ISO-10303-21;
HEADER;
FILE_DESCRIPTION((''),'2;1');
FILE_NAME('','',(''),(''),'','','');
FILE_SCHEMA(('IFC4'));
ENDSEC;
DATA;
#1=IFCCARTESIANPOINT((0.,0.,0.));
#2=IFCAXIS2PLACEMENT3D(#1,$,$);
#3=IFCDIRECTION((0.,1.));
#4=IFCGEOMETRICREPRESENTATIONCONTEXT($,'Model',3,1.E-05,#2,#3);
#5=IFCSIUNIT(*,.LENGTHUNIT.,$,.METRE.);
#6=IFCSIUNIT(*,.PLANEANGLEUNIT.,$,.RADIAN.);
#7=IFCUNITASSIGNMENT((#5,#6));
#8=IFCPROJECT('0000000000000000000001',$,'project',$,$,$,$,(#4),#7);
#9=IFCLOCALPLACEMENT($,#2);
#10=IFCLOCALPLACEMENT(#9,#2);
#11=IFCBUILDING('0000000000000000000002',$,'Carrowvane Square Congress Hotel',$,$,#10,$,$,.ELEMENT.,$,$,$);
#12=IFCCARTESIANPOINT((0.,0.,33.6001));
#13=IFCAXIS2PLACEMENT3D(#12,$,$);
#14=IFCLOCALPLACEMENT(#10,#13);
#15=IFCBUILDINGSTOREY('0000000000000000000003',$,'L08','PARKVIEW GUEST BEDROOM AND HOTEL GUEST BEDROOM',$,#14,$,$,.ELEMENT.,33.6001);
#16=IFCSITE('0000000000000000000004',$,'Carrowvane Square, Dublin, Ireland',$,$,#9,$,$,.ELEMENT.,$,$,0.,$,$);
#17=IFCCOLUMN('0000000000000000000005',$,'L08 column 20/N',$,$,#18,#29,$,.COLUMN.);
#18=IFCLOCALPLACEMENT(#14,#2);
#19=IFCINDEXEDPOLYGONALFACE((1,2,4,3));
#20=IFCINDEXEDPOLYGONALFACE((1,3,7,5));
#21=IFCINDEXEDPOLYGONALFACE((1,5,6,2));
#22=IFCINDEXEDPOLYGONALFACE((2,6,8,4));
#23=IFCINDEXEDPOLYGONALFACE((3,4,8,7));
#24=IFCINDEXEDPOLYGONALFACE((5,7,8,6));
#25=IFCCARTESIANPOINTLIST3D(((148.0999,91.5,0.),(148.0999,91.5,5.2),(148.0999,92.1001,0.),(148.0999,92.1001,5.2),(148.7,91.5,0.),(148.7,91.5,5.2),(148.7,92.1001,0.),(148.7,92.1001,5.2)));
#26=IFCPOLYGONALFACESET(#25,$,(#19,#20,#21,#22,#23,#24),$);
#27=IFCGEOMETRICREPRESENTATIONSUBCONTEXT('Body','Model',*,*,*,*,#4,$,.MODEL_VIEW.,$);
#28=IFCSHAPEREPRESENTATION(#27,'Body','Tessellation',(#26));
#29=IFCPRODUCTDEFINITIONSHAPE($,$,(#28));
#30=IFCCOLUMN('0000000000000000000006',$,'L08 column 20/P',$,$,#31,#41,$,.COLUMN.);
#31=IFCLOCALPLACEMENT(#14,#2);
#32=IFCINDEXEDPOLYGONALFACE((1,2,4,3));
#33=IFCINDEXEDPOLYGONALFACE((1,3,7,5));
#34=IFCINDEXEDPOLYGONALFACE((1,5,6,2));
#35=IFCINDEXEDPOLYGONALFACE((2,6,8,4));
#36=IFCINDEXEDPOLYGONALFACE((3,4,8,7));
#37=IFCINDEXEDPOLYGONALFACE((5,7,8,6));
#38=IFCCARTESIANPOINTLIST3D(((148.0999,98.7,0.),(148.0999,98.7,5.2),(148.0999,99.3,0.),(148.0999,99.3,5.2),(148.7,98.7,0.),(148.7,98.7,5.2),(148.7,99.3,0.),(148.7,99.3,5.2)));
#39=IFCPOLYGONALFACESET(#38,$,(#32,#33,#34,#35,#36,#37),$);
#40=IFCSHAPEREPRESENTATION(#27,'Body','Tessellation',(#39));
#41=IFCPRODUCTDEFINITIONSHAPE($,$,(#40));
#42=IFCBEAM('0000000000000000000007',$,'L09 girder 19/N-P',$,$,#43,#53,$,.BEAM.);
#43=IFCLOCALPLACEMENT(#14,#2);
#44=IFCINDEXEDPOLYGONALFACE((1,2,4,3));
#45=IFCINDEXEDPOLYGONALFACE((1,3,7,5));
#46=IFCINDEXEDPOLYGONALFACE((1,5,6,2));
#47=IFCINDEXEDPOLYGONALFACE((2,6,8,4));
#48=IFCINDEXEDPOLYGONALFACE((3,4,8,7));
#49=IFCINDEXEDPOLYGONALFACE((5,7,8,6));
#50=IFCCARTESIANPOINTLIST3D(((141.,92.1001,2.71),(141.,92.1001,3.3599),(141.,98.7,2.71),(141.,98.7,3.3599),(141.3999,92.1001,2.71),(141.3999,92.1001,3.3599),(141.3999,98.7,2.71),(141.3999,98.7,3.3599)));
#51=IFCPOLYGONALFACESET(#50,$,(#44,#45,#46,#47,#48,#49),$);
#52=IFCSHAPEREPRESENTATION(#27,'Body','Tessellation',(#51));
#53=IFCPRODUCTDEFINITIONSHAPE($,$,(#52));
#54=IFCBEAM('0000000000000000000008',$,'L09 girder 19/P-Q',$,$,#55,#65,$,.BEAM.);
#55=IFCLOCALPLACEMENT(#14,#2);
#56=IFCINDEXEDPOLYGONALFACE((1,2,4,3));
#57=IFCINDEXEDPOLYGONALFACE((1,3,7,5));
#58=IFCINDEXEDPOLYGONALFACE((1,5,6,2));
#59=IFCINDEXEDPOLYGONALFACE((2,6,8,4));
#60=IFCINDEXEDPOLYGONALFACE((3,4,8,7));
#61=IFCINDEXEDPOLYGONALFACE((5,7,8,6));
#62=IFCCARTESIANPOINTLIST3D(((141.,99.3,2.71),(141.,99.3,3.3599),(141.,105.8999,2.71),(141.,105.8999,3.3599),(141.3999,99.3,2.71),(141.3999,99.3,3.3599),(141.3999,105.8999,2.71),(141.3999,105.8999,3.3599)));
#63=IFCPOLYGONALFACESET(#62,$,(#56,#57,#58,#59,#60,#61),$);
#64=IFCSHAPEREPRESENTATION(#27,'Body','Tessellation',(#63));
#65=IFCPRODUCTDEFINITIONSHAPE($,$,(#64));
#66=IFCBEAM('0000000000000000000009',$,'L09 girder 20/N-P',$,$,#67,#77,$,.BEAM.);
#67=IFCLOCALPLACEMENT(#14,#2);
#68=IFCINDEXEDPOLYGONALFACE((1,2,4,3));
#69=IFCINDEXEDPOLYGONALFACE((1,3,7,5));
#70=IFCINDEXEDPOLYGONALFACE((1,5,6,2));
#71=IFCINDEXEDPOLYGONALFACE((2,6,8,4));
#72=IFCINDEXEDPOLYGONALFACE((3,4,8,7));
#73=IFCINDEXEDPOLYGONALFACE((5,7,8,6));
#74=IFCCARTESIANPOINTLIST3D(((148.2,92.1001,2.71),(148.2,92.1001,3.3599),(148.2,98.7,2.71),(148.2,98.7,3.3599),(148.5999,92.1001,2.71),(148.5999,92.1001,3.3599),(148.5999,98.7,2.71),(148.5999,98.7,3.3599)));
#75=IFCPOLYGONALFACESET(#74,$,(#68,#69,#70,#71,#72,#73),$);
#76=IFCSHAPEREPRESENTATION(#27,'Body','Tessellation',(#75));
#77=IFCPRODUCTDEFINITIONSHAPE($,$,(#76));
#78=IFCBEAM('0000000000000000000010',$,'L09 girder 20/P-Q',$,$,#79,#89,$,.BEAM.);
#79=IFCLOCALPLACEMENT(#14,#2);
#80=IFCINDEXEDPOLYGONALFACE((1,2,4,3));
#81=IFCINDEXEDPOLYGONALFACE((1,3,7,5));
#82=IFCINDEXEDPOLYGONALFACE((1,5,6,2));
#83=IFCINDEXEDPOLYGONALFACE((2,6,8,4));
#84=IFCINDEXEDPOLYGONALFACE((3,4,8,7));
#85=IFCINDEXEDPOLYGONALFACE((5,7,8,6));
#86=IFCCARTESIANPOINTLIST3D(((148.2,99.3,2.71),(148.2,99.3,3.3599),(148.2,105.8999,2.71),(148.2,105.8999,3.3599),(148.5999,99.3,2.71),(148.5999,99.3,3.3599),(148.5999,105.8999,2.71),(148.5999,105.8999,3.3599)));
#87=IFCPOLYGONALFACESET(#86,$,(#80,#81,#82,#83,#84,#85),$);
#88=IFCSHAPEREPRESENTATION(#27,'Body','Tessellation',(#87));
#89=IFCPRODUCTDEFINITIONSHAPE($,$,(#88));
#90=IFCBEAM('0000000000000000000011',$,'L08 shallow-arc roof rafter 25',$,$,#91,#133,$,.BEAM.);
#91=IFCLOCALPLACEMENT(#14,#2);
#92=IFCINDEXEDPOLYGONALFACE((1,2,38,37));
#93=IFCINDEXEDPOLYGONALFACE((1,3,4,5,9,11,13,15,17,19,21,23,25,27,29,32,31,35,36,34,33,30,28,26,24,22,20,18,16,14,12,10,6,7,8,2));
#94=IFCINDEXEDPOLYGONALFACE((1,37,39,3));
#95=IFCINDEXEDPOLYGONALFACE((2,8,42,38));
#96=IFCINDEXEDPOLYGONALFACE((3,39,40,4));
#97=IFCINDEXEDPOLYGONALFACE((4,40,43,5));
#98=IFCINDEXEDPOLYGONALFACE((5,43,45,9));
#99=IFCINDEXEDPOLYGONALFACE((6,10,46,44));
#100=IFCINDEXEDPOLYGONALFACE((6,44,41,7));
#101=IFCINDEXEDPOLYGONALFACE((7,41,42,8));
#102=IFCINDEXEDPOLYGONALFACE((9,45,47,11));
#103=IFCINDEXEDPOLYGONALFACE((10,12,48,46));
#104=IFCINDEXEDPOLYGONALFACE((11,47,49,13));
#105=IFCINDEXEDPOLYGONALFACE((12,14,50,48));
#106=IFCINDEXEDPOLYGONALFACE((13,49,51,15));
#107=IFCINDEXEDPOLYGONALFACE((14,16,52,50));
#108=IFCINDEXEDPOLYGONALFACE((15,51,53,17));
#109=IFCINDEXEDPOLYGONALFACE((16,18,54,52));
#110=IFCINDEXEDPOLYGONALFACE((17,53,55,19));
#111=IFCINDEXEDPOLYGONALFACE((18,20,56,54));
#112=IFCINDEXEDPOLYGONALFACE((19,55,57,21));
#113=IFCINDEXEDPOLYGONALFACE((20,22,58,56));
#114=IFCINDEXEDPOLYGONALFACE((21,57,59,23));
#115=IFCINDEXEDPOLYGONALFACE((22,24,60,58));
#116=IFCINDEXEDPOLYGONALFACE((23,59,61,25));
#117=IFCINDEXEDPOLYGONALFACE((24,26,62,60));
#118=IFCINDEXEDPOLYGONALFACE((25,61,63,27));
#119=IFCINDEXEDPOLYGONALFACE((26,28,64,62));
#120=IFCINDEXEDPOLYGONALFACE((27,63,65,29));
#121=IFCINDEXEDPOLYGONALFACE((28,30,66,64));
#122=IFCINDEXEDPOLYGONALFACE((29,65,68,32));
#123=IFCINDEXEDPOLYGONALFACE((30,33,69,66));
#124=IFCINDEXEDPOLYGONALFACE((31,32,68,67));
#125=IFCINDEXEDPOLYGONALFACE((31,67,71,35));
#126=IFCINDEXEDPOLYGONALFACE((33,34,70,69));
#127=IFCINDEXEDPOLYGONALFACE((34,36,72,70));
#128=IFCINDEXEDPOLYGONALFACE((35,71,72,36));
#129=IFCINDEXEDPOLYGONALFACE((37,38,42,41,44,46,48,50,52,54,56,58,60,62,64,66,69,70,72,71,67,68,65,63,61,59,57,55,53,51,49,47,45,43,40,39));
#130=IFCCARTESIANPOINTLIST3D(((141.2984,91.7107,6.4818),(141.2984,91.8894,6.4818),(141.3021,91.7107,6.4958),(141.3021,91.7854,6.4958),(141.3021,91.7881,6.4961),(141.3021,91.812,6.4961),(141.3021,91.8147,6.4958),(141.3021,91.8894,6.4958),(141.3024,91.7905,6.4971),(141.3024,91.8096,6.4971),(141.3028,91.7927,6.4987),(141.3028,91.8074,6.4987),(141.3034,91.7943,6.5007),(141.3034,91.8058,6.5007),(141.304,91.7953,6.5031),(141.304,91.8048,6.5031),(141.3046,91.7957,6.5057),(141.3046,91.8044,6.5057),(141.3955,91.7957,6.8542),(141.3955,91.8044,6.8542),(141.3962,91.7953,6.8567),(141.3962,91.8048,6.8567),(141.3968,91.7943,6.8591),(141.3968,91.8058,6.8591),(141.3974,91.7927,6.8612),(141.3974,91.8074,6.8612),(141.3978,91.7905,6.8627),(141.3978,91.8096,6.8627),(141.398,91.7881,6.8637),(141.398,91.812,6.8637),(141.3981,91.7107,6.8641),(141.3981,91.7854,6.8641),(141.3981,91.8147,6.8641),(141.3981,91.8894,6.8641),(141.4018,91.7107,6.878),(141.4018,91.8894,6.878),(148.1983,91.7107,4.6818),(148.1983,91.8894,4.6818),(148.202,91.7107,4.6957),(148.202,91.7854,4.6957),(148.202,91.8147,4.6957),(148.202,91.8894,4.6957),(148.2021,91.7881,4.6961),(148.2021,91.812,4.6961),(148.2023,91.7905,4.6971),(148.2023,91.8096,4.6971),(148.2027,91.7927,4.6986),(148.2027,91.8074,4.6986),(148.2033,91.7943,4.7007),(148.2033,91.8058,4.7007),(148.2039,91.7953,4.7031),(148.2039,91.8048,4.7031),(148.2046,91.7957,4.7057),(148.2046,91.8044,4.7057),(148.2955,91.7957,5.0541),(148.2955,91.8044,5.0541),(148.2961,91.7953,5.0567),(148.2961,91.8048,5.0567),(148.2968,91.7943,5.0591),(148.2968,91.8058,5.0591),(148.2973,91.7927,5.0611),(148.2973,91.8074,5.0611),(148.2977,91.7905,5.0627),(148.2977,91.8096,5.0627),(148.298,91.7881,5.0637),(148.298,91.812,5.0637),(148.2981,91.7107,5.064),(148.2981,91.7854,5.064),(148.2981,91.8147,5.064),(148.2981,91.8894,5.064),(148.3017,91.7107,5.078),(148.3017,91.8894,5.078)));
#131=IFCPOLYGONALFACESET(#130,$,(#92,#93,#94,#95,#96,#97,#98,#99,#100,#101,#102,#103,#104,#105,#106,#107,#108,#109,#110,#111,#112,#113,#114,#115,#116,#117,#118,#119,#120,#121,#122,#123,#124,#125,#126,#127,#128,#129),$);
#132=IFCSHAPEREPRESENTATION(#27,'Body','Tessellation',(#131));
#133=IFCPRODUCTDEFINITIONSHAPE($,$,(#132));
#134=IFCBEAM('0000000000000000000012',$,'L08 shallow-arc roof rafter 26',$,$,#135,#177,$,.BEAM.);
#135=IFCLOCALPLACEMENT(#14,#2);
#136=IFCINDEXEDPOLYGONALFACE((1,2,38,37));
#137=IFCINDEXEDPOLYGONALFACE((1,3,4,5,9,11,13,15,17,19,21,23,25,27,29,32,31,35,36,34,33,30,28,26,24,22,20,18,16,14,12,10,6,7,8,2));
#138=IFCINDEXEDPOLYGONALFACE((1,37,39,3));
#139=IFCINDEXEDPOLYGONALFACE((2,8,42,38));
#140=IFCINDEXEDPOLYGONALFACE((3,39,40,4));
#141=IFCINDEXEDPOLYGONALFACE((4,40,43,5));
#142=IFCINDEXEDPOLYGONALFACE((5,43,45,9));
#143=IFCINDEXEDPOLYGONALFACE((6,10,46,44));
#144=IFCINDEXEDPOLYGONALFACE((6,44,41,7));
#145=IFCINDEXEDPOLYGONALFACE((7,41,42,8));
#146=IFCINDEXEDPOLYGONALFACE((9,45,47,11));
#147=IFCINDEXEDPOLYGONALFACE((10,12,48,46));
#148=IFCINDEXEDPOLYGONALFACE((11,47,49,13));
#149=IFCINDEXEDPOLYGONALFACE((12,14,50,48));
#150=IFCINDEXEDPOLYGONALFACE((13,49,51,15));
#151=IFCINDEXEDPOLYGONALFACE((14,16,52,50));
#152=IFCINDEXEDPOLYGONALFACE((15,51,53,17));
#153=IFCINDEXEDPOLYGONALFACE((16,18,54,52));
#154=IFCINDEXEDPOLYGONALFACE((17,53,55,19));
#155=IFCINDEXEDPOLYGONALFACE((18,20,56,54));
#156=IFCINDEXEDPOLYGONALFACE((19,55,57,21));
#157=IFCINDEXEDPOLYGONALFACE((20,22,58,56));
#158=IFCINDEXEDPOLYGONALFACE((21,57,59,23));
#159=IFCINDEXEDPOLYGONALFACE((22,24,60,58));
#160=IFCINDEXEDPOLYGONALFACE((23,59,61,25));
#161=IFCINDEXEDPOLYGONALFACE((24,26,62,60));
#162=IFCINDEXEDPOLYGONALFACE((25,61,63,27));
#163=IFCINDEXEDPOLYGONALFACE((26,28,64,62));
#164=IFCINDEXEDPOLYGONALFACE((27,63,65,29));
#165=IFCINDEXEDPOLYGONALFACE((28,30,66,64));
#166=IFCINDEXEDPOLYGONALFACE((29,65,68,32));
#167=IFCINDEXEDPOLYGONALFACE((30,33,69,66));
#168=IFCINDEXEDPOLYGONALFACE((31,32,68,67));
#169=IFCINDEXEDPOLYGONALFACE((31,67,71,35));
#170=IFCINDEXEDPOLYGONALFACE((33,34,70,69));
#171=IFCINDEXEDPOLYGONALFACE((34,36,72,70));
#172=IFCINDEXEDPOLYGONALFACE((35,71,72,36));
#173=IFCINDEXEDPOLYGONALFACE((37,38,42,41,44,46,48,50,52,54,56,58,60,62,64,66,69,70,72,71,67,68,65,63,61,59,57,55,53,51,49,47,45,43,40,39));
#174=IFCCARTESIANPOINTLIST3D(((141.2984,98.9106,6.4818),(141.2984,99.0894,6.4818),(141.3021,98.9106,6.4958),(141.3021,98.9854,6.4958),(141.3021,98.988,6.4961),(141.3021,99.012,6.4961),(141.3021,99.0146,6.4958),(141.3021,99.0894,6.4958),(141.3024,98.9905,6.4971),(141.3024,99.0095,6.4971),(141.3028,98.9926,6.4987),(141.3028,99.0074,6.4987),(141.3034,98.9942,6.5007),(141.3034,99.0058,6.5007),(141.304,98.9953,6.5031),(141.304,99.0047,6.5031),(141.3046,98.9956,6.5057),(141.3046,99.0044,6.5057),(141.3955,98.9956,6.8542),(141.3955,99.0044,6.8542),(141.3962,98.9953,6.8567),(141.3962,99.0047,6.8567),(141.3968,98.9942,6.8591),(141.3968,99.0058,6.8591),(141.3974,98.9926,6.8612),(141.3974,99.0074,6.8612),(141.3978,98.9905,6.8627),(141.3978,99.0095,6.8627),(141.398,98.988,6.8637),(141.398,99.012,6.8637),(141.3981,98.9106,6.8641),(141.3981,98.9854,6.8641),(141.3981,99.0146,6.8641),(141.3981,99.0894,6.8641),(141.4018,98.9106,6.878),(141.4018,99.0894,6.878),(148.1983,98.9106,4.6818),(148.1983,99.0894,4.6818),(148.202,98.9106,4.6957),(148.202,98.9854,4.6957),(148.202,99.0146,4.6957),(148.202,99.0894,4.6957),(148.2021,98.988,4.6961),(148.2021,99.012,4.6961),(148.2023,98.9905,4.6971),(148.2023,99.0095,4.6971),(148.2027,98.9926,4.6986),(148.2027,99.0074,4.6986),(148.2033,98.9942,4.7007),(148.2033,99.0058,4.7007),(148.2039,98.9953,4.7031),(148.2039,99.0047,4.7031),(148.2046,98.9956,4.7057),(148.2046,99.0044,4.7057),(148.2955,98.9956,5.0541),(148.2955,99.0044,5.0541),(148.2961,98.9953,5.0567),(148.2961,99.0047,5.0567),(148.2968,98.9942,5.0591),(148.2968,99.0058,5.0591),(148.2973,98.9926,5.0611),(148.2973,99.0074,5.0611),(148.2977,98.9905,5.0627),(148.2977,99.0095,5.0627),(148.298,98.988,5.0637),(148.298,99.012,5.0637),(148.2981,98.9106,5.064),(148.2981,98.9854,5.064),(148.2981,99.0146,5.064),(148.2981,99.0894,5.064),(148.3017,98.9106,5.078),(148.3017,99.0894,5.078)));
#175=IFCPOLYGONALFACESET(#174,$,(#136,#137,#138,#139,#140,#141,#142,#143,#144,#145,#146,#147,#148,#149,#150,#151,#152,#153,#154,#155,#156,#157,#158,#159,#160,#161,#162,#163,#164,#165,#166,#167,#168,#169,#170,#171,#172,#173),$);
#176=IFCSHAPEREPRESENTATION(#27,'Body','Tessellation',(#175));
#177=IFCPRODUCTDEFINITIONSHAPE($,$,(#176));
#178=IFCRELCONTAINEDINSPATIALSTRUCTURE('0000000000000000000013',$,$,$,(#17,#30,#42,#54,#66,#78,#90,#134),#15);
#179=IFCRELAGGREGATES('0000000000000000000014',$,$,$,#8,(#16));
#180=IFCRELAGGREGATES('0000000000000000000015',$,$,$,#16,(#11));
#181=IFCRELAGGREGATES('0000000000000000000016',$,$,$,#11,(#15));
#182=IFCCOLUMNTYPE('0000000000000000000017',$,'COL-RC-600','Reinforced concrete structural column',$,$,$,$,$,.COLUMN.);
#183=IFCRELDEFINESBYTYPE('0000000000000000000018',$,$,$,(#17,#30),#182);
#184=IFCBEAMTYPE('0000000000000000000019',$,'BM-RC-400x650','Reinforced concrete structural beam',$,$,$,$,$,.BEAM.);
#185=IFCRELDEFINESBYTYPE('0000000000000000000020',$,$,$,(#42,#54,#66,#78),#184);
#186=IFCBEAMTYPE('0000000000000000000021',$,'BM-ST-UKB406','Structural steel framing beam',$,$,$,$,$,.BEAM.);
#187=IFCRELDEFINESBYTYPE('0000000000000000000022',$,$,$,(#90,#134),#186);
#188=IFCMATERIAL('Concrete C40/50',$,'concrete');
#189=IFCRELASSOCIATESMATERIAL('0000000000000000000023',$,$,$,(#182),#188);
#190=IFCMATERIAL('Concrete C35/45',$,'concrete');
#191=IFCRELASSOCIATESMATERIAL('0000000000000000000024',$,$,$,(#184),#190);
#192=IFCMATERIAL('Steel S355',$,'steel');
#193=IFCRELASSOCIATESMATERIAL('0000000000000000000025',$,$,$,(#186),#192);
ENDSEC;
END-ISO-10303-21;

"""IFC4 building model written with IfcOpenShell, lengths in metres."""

from ifc_helpers import new_model, si_unit, direction, frame, origin, origin_2d, place, context, subcontext, project, spatial, rectangle, i_section, extrude, material, material_profile, profile_set, type_object, element, save


model = new_model("IFC4")

# Units and contexts
model_context = context("Model", 3, precision=1e-05, world=origin(), true_north=direction((0.0, 1.0)))
body_context = subcontext(model_context, "Body", "Model", "MODEL_VIEW")
ifc_project = project(units=[si_unit("LENGTHUNIT", "METRE"), si_unit("PLANEANGLEUNIT", "RADIAN")], contexts=[model_context])

# Site, building, storey
site_placement = place(None, origin())
site = spatial("IfcSite", under=ifc_project, at=site_placement, Name="Carrowvane Square, Dublin, Ireland", CompositionType="ELEMENT", RefElevation=0.0)
building_placement = place(site_placement, origin())
building = spatial("IfcBuilding", under=site, at=building_placement, Name="Carrowvane Square Congress Hotel", CompositionType="ELEMENT")
storey_placement = place(building_placement, frame((0.0, 0.0, 33.6001)))
storey = spatial("IfcBuildingStorey", under=building, at=storey_placement, Name="L08", Description="PARKVIEW GUEST BEDROOM AND HOTEL GUEST BEDROOM", CompositionType="ELEMENT", Elevation=33.6001)

# Columns
ifc_material_1 = material(Name="Concrete C40/50", Category="concrete")
ifc_material_profile_1 = material_profile(ifc_material_1, rectangle(XDim=0.6001, YDim=0.6001, at=origin_2d()), Name="RC 600x600")
ifc_profile_set_1 = profile_set([ifc_material_profile_1], Name="Concrete C40/50")
column_type = type_object("IfcColumnType", Name="COL-RC-600", Description="Reinforced concrete structural column", PredefinedType="COLUMN", material=ifc_profile_set_1)
for number, where, z_axis, x_axis, name in (
    (1, (148.3999, 91.8, 0.0), (0.0, 0.0, 1.0), (1.0, 0.0, 0.0), "L08 column 20/N"),
    (2, (148.3999, 99.0, 0.0), (0.0, 0.0, 1.0), (1.0, 0.0, 0.0), "L08 column 20/P"),
):
    element("IfcColumn", number, at=place(storey_placement, frame(where, z_axis=z_axis, x_axis=x_axis)), inside=storey, type_object=column_type, Name=name, PredefinedType="COLUMN", context=body_context, shape_type="SweptSolid", body=[
        extrude(rectangle(XDim=0.6001, YDim=0.6001, at=origin_2d()), origin(), (0.0, 0.0, 1.0), 5.2),
    ])

# Beams
ifc_material_2 = material(Name="Concrete C35/45", Category="concrete")
ifc_material_profile_2 = material_profile(ifc_material_2, rectangle(XDim=0.3999, YDim=0.6499, at=origin_2d()), Name="RC 400x650")
ifc_profile_set_2 = profile_set([ifc_material_profile_2], Name="Concrete C35/45")
beam_type_1 = type_object("IfcBeamType", Name="BM-RC-400x650", Description="Reinforced concrete structural beam", PredefinedType="BEAM", material=ifc_profile_set_2)
for number, where, z_axis, x_axis, name in (
    (3, (141.2, 92.1001, 3.0349), (0.0, 1.0, 0.0), (-1.0, 0.0, 0.0), "L09 girder 19/N-P"),
    (4, (141.2, 99.3, 3.0349), (0.0, 1.0, 0.0), (-1.0, 0.0, 0.0), "L09 girder 19/P-Q"),
    (5, (148.3999, 92.1001, 3.0349), (0.0, 1.0, 0.0), (-1.0, 0.0, 0.0), "L09 girder 20/N-P"),
    (6, (148.3999, 99.3, 3.0349), (0.0, 1.0, 0.0), (-1.0, 0.0, 0.0), "L09 girder 20/P-Q"),
):
    element("IfcBeam", number, at=place(storey_placement, frame(where, z_axis=z_axis, x_axis=x_axis)), inside=storey, type_object=beam_type_1, Name=name, PredefinedType="BEAM", context=body_context, shape_type="SweptSolid", body=[
        extrude(rectangle(XDim=0.3999, YDim=0.6499, at=origin_2d()), origin(), (0.0, 0.0, 1.0), 6.5999),
    ])
ifc_material_3 = material(Name="Steel S355", Category="steel")
ifc_material_profile_3 = material_profile(ifc_material_3, i_section(OverallWidth=0.1787, OverallDepth=0.4094, WebThickness=0.0088, FlangeThickness=0.0144, FilletRadius=0.0103, at=origin_2d()), Name="UKB 406x178x67")
ifc_profile_set_3 = profile_set([ifc_material_profile_3], Name="Steel S355")
beam_type_2 = type_object("IfcBeamType", Name="BM-ST-UKB406", Description="Structural steel framing beam", PredefinedType="BEAM", material=ifc_profile_set_3)
for number, where, z_axis, x_axis, name in (
    (7, (141.3501, 91.8, 6.6799), (0.967615, 0.0, -0.252432), (0.0, 1.0, 0.0), "L08 shallow-arc roof rafter 25"),
    (8, (141.3501, 99.0, 6.6799), (0.967615, 0.0, -0.252432), (0.0, 1.0, 0.0), "L08 shallow-arc roof rafter 26"),
):
    element("IfcBeam", number, at=place(storey_placement, frame(where, z_axis=z_axis, x_axis=x_axis)), inside=storey, type_object=beam_type_2, Name=name, PredefinedType="BEAM", context=body_context, shape_type="SweptSolid", body=[
        extrude(i_section(OverallWidth=0.1787, OverallDepth=0.4094, WebThickness=0.0088, FlangeThickness=0.0144, FilletRadius=0.0103, at=origin_2d()), origin(), (0.0, 0.0, 1.0), 7.1309),
    ])

save(model, "model.ifc")
